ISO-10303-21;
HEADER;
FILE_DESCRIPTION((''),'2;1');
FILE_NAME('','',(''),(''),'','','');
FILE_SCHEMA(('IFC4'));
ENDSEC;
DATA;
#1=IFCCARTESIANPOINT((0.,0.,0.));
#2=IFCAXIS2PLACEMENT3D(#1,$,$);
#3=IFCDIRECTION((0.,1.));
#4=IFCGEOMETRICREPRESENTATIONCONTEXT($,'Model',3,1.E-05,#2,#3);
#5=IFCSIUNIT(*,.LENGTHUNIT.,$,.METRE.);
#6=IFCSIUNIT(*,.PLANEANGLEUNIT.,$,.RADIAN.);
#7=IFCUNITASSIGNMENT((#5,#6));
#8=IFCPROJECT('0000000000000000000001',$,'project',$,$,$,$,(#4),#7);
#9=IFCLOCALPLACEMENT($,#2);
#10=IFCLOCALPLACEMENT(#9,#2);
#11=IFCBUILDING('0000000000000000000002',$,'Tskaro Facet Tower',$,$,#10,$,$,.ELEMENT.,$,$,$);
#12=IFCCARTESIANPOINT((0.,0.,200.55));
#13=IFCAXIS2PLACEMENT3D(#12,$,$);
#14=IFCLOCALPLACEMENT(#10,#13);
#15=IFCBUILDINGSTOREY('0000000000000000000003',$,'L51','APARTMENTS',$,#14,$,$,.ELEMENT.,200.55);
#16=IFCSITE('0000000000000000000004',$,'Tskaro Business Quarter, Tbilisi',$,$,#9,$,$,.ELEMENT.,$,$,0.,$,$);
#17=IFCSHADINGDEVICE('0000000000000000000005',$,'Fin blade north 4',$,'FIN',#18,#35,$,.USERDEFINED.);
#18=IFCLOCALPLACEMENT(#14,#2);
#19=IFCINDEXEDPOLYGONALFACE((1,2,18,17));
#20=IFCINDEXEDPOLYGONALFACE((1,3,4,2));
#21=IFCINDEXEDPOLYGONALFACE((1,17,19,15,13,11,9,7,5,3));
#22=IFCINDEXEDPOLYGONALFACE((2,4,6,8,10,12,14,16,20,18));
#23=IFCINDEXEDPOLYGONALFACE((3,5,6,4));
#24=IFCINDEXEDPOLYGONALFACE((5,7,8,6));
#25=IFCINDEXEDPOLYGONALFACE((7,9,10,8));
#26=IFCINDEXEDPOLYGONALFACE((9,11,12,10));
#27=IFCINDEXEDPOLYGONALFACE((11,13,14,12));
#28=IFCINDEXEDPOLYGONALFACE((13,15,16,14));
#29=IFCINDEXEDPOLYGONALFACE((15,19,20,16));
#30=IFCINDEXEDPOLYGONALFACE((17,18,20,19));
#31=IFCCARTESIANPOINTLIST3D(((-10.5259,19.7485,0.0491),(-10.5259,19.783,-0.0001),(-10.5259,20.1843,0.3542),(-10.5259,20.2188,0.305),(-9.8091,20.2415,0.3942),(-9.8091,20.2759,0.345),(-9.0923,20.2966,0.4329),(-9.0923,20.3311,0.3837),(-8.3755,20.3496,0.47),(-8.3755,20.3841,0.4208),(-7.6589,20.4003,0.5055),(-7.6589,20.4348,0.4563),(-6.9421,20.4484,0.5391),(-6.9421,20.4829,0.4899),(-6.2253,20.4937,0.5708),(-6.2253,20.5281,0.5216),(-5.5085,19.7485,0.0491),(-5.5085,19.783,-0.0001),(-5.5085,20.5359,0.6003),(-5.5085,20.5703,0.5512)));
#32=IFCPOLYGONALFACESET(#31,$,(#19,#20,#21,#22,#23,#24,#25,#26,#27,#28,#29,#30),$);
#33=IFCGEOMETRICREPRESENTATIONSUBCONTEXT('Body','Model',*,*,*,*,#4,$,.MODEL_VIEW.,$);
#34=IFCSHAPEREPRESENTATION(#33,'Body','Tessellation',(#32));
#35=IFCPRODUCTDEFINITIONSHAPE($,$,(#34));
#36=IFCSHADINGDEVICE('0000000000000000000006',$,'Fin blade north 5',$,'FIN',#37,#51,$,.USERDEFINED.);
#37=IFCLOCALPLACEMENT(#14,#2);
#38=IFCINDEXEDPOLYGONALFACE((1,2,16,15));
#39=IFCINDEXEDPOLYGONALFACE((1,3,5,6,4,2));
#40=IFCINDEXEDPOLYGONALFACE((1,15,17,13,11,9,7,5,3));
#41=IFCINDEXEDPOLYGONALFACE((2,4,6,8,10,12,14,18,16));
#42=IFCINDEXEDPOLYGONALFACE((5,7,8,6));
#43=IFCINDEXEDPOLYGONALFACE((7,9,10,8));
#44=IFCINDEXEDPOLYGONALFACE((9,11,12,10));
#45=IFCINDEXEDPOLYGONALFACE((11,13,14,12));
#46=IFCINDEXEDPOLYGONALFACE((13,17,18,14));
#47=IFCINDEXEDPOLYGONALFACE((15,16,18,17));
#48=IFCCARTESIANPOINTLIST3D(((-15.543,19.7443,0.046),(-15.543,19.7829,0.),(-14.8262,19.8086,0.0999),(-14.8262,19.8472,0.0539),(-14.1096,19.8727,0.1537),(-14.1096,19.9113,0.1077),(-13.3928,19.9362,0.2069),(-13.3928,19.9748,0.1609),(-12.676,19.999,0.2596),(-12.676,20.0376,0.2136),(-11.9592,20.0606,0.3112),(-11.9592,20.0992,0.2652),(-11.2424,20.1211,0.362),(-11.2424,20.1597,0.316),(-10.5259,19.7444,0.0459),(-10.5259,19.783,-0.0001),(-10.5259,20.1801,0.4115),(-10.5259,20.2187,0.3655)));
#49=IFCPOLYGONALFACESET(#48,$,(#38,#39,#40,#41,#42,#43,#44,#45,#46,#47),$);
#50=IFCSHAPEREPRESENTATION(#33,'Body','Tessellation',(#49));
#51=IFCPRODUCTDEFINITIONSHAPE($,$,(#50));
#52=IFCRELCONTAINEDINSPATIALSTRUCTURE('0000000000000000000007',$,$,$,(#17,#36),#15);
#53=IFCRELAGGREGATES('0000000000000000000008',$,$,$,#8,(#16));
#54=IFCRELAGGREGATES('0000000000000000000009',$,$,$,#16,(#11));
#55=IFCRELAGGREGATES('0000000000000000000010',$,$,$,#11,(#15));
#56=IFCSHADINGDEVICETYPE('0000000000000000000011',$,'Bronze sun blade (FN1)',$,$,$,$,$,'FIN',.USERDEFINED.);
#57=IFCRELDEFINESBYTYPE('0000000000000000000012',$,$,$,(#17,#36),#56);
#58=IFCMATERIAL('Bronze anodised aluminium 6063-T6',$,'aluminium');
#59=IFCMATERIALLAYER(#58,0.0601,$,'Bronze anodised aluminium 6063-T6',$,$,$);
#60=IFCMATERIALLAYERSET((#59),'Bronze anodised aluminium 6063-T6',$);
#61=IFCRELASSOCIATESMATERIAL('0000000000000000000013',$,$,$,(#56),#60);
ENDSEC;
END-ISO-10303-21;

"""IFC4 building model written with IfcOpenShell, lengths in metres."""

from ifc_helpers import new_model, si_unit, direction, frame, origin, place, context, subcontext, project, spatial, polyline, outline, extrude, material, layer, layer_set, type_object, element, save


model = new_model("IFC4")

# Units and contexts
model_context = context("Model", 3, precision=1e-05, world=origin(), true_north=direction((0.0, 1.0)))
body_context = subcontext(model_context, "Body", "Model", "MODEL_VIEW")
ifc_project = project(units=[si_unit("LENGTHUNIT", "METRE"), si_unit("PLANEANGLEUNIT", "RADIAN")], contexts=[model_context])

# Site, building, storey
site_placement = place(None, origin())
site = spatial("IfcSite", under=ifc_project, at=site_placement, Name="Tskaro Business Quarter, Tbilisi", CompositionType="ELEMENT", RefElevation=0.0)
building_placement = place(site_placement, origin())
building = spatial("IfcBuilding", under=site, at=building_placement, Name="Tskaro Facet Tower", CompositionType="ELEMENT")
storey_placement = place(building_placement, frame((0.0, 0.0, 200.55)))
storey = spatial("IfcBuildingStorey", under=building, at=storey_placement, Name="L51", Description="APARTMENTS", CompositionType="ELEMENT", Elevation=200.55)

# Shared definitions
ifc_material_1 = material(Name="Bronze anodised aluminium 6063-T6", Category="aluminium")

# Shading devices
ifc_layer_1 = layer(ifc_material_1, 0.0601, Name="Bronze anodised aluminium 6063-T6")
ifc_layer_set_1 = layer_set([ifc_layer_1], Name="Bronze anodised aluminium 6063-T6")
shading_device_type = type_object("IfcShadingDeviceType", Name="Bronze sun blade (FN1)", ElementType="FIN", PredefinedType="USERDEFINED", material=ifc_layer_set_1)
shading_device_1_placement = place(storey_placement, frame((-5.5085, 19.7485, 0.0491), z_axis=(0.000004, -0.573555, 0.819167), x_axis=(-1.0, -0.000002, 0.000003)))
element("IfcShadingDevice", 1, at=shading_device_1_placement, inside=storey, type_object=shading_device_type, Name="Fin blade north 4", ObjectType="FIN", PredefinedType="USERDEFINED", context=body_context, shape_type="SweptSolid", body=[
    extrude(outline(polyline([(0.0, 0.0), (5.0173, 0.0), (5.0173, -0.532), (4.3005, -0.6018), (3.5837, -0.6691), (2.8669, -0.7338), (2.1504, -0.7957), (1.4336, -0.8544), (0.7168, -0.9096), (0.0, -0.9612), (0.0, 0.0)])), origin(), (0.0, 0.0, -1.0), 0.0601),
])
shading_device_2_placement = place(storey_placement, frame((-10.5259, 19.7444, 0.0459), z_axis=(0.000024, -0.642751, 0.766076), x_axis=(-1.0, -0.000015, 0.000018)))
element("IfcShadingDevice", 2, at=shading_device_2_placement, inside=storey, type_object=shading_device_type, Name="Fin blade north 5", ObjectType="FIN", PredefinedType="USERDEFINED", context=body_context, shape_type="SweptSolid", body=[
    extrude(outline(polyline([(0.0, 0.0), (5.0171, 0.0), (4.3003, -0.0839), (3.5837, -0.1676), (2.8669, -0.2504), (2.1501, -0.3324), (1.4333, -0.4128), (0.7166, -0.4918), (0.0, -0.5688), (0.0, 0.0)])), origin(), (0.0, 0.0, -1.0), 0.0601),
])

save(model, "model.ifc")
